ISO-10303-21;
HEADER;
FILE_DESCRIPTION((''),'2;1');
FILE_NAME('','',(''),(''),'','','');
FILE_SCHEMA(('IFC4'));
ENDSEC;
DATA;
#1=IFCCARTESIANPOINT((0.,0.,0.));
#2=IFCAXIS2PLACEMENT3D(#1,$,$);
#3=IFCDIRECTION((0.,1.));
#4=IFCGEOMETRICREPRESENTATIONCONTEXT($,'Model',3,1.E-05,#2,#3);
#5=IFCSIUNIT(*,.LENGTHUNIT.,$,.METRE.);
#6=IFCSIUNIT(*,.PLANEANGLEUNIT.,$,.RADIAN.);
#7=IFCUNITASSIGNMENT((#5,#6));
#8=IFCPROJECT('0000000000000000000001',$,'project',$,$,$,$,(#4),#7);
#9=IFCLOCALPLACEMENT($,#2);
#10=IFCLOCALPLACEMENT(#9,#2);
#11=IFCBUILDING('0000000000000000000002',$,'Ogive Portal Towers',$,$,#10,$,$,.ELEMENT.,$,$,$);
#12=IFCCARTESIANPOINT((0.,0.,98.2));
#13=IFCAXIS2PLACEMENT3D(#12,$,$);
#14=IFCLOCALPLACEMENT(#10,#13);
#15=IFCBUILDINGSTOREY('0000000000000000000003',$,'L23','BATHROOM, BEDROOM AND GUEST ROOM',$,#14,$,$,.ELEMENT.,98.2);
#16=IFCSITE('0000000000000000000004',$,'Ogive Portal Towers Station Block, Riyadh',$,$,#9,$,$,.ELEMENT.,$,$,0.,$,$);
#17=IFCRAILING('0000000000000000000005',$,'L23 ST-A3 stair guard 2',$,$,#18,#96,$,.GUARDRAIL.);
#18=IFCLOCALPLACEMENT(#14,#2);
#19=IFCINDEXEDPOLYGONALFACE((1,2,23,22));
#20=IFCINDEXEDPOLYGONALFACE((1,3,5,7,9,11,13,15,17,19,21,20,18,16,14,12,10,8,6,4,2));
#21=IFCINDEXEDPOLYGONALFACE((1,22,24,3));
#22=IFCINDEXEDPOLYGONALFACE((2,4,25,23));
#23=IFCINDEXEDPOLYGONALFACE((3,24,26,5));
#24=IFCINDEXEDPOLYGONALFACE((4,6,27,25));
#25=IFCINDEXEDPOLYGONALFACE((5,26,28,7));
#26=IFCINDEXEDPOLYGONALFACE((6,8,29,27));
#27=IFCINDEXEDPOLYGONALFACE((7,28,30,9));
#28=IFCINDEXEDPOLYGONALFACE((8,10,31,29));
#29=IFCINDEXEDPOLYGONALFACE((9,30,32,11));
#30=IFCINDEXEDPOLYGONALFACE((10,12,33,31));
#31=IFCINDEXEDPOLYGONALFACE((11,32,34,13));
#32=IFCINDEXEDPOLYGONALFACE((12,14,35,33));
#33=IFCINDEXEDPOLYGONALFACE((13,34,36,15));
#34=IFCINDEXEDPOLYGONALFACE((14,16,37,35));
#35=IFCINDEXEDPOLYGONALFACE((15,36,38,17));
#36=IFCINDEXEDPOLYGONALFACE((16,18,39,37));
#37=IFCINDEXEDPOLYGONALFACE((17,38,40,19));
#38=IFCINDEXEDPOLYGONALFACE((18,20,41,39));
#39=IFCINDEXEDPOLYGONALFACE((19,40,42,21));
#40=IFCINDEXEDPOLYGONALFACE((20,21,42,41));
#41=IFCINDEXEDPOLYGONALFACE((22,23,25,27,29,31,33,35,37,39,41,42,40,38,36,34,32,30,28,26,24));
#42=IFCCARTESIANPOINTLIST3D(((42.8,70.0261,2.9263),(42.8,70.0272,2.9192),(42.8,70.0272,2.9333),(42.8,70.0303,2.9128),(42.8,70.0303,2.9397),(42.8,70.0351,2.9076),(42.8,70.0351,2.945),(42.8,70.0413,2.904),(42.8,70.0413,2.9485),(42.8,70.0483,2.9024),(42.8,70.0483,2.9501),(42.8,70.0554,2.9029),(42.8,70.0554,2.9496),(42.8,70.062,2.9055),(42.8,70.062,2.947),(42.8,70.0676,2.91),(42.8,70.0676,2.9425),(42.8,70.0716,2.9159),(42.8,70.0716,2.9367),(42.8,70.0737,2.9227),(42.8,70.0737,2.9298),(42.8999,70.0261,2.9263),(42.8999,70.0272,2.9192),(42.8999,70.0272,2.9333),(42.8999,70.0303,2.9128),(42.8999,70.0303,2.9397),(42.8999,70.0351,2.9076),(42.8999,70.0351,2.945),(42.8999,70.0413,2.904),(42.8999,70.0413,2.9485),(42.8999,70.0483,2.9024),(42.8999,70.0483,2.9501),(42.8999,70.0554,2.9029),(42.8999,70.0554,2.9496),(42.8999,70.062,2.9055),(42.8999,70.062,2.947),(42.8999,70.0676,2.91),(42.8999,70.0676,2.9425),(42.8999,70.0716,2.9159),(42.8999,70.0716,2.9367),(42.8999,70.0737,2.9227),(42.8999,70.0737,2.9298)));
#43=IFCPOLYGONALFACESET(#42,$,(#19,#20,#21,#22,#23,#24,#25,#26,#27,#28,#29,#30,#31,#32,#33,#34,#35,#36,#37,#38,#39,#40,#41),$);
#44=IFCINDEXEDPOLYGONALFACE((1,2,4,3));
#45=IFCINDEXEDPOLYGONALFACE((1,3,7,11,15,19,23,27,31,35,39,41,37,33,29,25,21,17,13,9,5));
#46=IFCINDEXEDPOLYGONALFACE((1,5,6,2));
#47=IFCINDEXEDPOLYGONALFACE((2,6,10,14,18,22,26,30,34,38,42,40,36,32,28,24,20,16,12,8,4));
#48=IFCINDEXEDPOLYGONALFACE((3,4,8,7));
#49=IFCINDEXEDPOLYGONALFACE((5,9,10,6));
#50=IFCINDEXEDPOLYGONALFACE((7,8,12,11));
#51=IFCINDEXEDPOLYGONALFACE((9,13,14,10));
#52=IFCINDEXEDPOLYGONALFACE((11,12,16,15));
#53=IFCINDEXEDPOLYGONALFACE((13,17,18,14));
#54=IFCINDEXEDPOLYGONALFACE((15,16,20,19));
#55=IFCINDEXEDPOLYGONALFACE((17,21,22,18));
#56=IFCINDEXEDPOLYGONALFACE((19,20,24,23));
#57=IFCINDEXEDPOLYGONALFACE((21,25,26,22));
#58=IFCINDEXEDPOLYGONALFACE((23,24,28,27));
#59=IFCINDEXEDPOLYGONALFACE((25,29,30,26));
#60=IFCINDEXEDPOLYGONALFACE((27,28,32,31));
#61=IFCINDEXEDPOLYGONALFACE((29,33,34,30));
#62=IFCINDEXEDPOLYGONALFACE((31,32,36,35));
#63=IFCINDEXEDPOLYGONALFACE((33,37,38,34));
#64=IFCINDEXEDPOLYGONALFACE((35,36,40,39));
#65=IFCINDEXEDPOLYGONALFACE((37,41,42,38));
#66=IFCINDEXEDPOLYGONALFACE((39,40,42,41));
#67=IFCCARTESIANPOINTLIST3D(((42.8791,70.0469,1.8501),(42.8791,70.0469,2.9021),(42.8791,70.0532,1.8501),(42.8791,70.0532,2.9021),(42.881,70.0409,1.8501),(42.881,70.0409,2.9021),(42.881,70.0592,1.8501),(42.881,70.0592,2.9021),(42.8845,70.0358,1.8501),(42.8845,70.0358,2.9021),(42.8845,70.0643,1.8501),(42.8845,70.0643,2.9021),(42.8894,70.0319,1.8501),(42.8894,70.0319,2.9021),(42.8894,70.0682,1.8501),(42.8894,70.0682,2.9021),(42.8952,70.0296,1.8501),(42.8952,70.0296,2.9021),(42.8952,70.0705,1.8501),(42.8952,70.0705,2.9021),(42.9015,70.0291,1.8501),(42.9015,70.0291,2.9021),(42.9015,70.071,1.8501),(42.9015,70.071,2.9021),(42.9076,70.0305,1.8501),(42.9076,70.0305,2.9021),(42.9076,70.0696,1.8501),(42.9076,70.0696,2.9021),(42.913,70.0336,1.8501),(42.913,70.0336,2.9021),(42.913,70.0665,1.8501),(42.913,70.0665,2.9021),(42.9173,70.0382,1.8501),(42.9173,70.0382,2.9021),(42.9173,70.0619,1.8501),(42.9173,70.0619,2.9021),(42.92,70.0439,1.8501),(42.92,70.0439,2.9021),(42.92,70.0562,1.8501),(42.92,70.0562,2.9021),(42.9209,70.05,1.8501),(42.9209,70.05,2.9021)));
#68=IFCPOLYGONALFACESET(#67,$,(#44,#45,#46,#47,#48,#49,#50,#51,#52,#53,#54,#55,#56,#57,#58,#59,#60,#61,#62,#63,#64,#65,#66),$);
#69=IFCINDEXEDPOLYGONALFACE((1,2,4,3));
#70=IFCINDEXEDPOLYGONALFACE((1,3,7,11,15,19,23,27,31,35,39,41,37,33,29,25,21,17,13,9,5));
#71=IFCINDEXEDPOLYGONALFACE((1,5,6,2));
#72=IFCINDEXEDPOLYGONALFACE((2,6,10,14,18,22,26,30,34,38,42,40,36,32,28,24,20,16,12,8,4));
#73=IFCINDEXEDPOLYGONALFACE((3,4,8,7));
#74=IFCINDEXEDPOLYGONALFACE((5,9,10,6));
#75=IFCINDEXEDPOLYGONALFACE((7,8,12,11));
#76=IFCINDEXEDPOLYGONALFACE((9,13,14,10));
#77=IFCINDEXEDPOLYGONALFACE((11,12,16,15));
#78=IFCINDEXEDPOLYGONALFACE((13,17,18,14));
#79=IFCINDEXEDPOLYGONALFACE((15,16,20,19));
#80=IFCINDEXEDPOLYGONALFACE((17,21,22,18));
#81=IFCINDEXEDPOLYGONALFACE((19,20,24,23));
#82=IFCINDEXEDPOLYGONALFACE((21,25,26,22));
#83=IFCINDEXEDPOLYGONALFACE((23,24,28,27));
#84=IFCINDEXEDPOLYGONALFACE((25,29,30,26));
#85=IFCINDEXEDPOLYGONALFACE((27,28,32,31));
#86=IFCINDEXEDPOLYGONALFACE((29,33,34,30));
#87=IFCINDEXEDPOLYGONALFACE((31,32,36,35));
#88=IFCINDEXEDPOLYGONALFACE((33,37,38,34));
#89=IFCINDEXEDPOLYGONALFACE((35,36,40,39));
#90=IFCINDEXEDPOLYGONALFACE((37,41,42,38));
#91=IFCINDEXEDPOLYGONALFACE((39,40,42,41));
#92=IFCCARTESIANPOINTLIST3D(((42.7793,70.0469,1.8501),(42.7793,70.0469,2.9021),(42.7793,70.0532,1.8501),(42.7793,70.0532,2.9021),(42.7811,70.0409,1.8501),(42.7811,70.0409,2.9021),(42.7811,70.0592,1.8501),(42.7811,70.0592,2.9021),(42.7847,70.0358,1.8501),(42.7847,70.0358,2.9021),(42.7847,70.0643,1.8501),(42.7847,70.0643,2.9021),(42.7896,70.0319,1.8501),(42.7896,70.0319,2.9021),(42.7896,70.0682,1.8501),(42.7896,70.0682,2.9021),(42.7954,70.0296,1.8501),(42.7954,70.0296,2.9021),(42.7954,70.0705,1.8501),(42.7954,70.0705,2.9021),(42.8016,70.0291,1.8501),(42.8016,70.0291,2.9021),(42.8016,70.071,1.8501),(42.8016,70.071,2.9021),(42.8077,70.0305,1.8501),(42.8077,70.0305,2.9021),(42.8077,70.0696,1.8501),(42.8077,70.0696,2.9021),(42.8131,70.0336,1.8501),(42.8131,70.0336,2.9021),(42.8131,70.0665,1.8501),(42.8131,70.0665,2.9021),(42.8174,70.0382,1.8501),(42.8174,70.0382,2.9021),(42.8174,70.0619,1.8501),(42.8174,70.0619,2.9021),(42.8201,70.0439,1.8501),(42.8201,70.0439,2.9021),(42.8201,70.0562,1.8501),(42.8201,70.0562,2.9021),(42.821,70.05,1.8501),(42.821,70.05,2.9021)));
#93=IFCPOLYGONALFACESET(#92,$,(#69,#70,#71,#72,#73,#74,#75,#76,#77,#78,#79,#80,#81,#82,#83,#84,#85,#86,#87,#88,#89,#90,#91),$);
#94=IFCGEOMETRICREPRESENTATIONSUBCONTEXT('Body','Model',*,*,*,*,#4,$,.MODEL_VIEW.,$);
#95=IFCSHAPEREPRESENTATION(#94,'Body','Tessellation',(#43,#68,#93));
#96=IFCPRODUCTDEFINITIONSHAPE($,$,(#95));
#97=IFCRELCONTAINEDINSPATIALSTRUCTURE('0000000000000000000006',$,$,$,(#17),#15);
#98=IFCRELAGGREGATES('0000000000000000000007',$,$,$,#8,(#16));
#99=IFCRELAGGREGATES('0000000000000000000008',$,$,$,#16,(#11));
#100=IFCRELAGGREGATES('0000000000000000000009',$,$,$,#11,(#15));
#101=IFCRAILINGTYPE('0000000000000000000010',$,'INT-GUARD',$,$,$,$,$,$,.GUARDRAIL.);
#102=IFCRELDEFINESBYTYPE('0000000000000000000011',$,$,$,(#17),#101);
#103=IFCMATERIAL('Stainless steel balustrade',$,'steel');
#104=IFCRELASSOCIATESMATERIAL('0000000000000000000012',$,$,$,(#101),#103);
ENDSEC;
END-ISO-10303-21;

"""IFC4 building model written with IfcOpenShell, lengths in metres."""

from ifc_helpers import new_model, si_unit, direction, frame, origin, origin_2d, place, context, subcontext, project, spatial, circle, extrude, material, type_object, element, save


model = new_model("IFC4")

# Units and contexts
model_context = context("Model", 3, precision=1e-05, world=origin(), true_north=direction((0.0, 1.0)))
body_context = subcontext(model_context, "Body", "Model", "MODEL_VIEW")
ifc_project = project(units=[si_unit("LENGTHUNIT", "METRE"), si_unit("PLANEANGLEUNIT", "RADIAN")], contexts=[model_context])

# Site, building, storey
site_placement = place(None, origin())
site = spatial("IfcSite", under=ifc_project, at=site_placement, Name="Ogive Portal Towers Station Block, Riyadh", CompositionType="ELEMENT", RefElevation=0.0)
building_placement = place(site_placement, origin())
building = spatial("IfcBuilding", under=site, at=building_placement, Name="Ogive Portal Towers", CompositionType="ELEMENT")
storey_placement = place(building_placement, frame((0.0, 0.0, 98.2)))
storey = spatial("IfcBuildingStorey", under=building, at=storey_placement, Name="L23", Description="BATHROOM, BEDROOM AND GUEST ROOM", CompositionType="ELEMENT", Elevation=98.2)

# Railing
ifc_material_1 = material(Name="Stainless steel balustrade", Category="steel")
railing_type_1 = type_object("IfcRailingType", Name="INT-GUARD", PredefinedType="GUARDRAIL", material=ifc_material_1)
railing_1_placement = place(storey_placement, frame((42.8999, 70.05, 1.8501)))
element("IfcRailing", 1, at=railing_1_placement, inside=storey, type_object=railing_type_1, Name="L23 ST-A3 stair guard 2", PredefinedType="GUARDRAIL", context=body_context, shape_type="SweptSolid", body=[
    extrude(circle(Radius=0.0239, at=origin_2d()), frame((0.0, 0.0, 1.0762), z_axis=(-1.0, 0.0, 0.0), x_axis=(0.0, -1.0, 0.0)), (0.0, 0.0, 1.0), 0.0999),
    extrude(circle(Radius=0.021, at=origin_2d()), origin(), (0.0, 0.0, 1.0), 1.052),
    extrude(circle(Radius=0.021, at=origin_2d()), frame((-0.0999, 0.0, 0.0)), (0.0, 0.0, 1.0), 1.052),
])

save(model, "model.ifc")
